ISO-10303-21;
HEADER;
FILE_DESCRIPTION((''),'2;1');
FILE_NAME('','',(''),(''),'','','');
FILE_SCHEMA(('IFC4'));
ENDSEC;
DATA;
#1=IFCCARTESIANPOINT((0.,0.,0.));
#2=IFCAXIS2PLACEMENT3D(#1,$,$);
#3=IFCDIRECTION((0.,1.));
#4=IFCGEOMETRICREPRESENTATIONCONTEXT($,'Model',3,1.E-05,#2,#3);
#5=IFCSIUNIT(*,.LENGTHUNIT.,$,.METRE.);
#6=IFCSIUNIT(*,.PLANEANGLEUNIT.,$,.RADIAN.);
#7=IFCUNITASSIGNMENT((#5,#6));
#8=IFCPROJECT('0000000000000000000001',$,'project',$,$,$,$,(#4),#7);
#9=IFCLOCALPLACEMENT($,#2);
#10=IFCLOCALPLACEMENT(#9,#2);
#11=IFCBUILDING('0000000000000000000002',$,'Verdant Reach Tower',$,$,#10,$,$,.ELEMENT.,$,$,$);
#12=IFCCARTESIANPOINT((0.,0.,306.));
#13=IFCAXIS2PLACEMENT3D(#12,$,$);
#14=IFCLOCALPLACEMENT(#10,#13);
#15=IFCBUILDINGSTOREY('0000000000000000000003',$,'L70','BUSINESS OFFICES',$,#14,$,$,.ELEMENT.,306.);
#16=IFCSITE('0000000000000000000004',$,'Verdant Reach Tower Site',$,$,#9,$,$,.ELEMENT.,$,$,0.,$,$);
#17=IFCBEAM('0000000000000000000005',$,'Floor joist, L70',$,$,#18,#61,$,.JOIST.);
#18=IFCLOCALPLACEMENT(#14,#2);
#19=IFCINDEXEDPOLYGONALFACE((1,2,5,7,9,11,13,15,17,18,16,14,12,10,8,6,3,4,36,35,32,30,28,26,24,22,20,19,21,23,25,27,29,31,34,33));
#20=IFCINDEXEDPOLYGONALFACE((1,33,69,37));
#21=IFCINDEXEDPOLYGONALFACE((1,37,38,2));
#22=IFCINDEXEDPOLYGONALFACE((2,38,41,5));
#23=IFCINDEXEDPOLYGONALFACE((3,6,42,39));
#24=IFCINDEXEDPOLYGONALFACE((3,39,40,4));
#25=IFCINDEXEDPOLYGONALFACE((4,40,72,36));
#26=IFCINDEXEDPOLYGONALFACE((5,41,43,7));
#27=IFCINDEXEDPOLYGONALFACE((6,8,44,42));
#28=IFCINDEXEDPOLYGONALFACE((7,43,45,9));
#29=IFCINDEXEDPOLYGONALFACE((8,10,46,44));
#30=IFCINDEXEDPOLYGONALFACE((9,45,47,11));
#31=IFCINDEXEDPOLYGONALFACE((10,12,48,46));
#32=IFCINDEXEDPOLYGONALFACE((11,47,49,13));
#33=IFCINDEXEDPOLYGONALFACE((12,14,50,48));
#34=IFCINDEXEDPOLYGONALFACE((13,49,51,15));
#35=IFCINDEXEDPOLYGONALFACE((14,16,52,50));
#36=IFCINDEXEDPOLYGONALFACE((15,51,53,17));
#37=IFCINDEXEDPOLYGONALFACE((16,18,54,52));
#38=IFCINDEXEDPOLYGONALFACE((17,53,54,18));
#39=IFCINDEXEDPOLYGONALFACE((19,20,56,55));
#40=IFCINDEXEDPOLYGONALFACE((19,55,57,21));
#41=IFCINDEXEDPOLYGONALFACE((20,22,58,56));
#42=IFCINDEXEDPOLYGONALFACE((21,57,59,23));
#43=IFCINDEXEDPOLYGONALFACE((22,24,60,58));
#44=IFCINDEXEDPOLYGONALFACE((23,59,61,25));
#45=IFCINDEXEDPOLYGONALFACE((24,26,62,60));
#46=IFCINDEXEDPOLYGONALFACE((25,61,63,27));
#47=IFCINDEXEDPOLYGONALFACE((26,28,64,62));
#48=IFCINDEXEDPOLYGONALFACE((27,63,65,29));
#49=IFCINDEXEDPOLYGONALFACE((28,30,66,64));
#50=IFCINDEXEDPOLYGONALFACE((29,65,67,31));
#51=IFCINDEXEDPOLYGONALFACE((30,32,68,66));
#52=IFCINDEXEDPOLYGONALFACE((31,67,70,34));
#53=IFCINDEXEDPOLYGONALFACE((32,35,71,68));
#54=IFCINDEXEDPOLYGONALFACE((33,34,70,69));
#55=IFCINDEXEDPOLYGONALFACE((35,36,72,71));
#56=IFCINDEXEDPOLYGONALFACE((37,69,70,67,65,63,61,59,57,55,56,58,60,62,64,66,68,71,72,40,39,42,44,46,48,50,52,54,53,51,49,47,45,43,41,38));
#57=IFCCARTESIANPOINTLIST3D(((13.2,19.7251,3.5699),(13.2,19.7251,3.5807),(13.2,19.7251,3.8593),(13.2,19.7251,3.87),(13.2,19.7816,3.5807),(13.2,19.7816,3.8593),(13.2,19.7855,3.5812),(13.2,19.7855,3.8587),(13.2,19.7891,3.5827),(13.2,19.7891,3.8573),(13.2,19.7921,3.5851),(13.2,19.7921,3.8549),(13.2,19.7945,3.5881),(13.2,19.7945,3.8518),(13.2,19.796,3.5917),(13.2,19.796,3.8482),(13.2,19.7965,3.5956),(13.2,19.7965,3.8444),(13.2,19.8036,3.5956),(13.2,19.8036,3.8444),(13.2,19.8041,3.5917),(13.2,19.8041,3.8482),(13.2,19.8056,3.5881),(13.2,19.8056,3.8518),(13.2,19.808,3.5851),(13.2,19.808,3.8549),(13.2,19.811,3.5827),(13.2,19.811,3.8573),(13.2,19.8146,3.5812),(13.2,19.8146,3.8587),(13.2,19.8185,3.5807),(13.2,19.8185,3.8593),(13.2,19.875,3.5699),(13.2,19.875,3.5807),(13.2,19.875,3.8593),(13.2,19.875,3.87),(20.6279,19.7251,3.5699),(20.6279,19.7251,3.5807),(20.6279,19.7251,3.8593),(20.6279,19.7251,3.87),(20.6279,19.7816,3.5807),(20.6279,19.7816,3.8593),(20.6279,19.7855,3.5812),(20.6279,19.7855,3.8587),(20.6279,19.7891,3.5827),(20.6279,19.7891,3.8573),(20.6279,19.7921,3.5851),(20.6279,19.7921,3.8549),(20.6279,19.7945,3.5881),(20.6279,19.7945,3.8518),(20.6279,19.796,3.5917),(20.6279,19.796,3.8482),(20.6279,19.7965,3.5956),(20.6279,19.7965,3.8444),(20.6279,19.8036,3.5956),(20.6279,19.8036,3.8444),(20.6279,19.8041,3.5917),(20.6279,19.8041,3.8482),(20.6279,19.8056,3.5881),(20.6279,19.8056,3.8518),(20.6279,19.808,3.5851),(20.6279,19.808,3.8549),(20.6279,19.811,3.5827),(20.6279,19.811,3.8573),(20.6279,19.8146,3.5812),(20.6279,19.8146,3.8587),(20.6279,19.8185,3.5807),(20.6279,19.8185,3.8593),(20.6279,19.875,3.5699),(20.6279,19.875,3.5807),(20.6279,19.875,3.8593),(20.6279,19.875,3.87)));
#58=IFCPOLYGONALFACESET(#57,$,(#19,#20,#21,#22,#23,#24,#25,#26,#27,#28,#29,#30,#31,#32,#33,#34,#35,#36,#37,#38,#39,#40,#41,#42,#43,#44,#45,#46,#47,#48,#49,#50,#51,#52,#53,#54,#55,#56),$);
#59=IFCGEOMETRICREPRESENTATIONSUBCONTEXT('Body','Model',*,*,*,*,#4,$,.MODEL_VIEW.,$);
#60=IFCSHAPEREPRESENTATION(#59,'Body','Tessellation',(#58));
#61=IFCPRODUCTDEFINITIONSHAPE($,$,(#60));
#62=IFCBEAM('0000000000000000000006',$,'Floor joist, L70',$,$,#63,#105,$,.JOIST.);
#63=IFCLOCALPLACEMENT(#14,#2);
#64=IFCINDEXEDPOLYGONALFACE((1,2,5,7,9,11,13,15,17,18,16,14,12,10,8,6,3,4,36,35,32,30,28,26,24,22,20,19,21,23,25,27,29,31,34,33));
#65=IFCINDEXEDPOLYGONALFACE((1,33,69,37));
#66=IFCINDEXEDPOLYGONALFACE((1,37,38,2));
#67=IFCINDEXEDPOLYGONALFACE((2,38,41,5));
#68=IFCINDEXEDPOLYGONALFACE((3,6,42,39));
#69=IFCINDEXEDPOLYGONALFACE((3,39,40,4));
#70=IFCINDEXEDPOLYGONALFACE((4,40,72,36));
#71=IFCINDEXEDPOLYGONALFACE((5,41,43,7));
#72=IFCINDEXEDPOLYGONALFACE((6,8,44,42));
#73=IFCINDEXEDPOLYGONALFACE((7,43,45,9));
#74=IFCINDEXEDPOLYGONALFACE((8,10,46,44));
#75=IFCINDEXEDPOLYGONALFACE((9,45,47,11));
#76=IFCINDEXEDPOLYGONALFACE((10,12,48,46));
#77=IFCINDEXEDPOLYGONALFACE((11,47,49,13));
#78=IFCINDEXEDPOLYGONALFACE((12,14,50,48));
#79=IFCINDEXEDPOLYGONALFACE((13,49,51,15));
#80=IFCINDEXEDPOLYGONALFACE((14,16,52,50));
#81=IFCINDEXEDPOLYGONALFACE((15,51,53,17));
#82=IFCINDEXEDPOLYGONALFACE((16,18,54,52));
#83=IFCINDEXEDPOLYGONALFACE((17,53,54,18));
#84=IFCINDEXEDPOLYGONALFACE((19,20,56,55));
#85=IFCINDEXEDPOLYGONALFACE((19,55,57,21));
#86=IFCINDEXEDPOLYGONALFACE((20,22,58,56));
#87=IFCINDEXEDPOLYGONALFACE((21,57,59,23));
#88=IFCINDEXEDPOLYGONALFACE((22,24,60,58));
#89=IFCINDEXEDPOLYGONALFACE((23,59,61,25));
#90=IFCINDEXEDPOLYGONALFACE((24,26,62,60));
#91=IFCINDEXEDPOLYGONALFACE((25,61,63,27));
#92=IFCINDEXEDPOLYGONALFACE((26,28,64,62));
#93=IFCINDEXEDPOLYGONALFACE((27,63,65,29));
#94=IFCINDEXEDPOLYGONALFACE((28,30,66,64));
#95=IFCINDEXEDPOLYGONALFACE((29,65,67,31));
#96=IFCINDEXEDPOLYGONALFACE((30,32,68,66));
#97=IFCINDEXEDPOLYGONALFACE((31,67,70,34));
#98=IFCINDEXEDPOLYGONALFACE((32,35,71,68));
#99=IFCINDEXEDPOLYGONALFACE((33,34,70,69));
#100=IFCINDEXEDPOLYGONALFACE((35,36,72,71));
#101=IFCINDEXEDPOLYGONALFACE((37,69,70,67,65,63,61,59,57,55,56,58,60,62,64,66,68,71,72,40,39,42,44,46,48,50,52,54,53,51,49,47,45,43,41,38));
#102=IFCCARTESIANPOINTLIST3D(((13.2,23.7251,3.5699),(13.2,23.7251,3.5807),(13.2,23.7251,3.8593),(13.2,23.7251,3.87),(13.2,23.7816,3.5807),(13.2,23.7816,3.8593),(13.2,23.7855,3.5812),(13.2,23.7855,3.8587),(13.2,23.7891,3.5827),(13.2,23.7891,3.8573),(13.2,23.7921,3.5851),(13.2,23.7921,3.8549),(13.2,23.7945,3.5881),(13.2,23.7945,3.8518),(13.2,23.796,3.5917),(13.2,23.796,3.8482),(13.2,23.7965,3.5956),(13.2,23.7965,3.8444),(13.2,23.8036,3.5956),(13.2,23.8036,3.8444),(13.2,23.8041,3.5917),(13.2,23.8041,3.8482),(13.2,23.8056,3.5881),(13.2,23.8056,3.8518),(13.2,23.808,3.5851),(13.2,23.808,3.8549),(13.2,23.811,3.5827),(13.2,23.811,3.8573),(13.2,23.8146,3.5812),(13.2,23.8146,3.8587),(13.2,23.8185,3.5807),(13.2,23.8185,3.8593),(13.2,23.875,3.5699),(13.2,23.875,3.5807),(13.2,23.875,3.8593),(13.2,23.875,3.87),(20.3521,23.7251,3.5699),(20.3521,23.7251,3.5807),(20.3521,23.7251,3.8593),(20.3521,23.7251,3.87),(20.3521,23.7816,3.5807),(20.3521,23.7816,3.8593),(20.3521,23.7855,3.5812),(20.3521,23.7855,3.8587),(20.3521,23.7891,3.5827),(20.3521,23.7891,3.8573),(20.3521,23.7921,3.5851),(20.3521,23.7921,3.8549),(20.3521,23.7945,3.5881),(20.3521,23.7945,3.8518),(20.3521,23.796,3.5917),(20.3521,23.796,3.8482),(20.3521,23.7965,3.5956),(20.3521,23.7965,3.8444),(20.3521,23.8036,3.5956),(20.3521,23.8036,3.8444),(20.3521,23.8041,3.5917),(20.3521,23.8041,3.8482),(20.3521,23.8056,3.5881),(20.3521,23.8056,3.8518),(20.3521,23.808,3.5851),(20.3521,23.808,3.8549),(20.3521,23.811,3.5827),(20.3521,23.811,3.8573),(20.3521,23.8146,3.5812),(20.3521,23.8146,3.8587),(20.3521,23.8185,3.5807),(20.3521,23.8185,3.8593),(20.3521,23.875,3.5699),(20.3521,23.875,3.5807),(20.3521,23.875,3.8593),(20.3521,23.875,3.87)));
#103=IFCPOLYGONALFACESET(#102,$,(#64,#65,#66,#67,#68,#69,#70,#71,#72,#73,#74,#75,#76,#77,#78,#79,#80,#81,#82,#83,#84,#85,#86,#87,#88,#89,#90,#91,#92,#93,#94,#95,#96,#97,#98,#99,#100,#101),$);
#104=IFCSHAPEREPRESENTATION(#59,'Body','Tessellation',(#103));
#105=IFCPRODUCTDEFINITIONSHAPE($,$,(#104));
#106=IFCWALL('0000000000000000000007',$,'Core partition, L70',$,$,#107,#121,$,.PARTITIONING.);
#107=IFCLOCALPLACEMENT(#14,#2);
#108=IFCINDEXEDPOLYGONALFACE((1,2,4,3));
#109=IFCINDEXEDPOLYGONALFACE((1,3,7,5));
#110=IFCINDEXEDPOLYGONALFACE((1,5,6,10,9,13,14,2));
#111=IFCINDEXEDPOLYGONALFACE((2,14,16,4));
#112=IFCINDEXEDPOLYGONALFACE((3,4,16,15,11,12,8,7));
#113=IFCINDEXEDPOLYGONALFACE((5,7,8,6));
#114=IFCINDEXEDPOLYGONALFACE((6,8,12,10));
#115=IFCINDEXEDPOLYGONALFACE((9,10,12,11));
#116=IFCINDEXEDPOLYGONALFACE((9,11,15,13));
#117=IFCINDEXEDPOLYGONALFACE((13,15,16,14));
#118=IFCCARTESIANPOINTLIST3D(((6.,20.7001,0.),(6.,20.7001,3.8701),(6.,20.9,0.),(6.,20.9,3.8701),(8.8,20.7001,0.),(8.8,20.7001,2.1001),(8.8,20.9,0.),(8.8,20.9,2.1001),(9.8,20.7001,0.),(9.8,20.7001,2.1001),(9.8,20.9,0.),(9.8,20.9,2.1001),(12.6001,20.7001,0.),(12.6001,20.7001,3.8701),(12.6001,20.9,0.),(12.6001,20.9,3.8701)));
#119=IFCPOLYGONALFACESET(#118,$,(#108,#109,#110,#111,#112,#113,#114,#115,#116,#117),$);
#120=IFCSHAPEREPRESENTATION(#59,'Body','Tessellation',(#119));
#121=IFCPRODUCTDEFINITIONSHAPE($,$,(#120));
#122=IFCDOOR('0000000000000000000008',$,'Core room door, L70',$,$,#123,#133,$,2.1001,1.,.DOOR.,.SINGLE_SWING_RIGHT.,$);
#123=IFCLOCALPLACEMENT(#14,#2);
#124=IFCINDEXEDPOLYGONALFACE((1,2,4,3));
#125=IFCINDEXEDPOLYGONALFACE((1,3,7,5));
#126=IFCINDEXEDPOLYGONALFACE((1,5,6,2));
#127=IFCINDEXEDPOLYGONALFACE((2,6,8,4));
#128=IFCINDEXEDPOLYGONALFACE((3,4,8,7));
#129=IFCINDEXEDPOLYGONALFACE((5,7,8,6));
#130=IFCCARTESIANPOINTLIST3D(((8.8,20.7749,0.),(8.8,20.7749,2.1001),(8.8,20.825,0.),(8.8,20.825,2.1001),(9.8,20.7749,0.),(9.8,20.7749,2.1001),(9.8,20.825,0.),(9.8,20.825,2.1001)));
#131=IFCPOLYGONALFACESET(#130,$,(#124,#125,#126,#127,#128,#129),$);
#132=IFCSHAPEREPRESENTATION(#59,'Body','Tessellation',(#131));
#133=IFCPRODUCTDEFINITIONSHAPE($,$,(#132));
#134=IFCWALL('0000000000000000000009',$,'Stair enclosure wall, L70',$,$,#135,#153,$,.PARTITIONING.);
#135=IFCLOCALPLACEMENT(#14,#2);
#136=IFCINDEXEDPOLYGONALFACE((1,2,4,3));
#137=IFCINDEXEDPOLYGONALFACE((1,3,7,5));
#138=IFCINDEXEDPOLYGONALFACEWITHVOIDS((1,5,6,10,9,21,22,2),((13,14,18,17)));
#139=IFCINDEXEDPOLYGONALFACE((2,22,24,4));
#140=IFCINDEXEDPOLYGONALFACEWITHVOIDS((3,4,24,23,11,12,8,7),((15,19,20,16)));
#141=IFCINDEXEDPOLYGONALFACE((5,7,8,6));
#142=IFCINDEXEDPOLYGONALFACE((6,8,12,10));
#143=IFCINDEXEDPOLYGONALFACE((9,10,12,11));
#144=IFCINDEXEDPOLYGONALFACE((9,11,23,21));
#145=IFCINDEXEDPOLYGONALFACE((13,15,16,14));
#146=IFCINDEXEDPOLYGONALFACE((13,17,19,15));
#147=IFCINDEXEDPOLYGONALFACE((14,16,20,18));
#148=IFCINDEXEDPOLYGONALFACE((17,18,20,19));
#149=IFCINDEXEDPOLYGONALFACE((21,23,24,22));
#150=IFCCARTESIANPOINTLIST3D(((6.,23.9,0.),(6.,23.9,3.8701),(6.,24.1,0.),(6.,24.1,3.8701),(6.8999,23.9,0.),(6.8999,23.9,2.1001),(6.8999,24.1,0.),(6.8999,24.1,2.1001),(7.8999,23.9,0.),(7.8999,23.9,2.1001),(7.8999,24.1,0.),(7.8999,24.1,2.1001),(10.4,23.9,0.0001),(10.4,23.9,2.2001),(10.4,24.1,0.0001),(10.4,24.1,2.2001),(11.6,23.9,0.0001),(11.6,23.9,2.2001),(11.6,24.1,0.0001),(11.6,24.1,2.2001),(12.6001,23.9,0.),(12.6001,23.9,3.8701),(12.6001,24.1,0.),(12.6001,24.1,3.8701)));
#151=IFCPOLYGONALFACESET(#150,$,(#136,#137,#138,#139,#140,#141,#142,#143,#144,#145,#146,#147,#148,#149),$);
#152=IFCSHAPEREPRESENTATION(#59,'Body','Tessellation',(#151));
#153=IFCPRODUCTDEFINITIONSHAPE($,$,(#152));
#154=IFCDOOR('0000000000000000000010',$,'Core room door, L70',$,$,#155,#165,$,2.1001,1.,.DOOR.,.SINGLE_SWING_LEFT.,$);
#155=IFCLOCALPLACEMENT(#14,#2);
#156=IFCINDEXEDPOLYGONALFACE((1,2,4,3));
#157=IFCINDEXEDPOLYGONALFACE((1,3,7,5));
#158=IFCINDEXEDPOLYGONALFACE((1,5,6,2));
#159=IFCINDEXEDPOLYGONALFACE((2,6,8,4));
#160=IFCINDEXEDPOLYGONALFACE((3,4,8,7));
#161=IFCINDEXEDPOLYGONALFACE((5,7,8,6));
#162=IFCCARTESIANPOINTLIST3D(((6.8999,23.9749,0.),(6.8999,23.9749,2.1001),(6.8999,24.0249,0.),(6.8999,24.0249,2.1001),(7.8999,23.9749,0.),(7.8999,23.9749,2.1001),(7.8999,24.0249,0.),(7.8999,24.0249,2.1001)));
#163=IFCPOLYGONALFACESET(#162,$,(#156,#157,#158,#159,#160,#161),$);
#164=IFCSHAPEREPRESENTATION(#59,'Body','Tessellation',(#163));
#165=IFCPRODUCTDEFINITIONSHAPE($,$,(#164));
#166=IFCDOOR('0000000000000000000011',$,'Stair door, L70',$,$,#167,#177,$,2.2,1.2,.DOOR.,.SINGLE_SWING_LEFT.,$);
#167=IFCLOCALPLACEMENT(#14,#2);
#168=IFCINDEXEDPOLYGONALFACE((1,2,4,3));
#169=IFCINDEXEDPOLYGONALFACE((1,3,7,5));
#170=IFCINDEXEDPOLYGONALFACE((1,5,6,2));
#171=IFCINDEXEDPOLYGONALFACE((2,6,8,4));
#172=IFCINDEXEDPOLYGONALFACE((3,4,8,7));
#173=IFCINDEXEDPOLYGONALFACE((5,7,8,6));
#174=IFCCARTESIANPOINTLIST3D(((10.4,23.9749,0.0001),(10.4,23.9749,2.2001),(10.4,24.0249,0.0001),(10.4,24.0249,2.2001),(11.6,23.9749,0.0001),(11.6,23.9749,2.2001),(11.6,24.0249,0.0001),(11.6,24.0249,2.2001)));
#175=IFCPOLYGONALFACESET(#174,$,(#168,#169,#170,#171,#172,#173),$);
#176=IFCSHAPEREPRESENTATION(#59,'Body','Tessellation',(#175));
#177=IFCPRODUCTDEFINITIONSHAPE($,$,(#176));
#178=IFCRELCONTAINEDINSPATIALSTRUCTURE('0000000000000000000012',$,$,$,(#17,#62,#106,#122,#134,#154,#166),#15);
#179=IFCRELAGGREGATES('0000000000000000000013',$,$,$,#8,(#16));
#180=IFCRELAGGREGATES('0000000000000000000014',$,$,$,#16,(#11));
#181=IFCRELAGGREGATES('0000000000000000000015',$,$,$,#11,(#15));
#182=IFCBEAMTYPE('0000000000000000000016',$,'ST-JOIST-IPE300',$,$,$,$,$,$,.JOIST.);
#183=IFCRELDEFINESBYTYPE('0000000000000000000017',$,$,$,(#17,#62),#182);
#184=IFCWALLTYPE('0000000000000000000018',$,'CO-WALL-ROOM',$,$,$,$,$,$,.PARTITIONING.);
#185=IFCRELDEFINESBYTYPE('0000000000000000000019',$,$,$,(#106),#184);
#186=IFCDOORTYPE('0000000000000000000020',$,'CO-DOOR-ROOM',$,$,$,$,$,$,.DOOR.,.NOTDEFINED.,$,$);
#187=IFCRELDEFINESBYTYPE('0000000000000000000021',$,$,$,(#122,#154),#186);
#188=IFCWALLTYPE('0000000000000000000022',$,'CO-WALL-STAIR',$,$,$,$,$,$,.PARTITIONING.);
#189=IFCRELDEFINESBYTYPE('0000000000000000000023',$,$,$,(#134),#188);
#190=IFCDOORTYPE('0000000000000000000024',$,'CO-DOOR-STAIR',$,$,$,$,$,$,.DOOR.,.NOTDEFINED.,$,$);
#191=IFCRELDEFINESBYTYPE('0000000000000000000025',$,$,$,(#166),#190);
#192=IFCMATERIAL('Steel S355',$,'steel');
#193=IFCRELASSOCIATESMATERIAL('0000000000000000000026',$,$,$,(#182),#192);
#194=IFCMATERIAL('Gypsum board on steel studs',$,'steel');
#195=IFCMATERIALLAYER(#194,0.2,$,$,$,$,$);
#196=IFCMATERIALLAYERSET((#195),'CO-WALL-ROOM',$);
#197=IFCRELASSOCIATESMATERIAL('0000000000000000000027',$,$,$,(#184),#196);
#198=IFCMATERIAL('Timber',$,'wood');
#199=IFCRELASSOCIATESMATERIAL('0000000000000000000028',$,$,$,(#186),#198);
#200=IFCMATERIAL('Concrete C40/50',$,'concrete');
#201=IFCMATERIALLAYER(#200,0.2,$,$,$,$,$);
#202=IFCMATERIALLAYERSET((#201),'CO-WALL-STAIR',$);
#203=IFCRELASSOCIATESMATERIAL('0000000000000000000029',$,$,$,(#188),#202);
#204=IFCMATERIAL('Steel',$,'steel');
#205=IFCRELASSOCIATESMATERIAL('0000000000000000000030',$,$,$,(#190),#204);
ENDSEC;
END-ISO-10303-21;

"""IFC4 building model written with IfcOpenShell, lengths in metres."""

from ifc_helpers import new_model, si_unit, direction, frame, frame_2d, origin, origin_2d, place, context, subcontext, project, spatial, rectangle, i_section, extrude, material, layer, layer_set, material_profile, profile_set, type_object, element, fill, save


model = new_model("IFC4")

# Units and contexts
model_context = context("Model", 3, precision=1e-05, world=origin(), true_north=direction((0.0, 1.0)))
body_context = subcontext(model_context, "Body", "Model", "MODEL_VIEW")
ifc_project = project(units=[si_unit("LENGTHUNIT", "METRE"), si_unit("PLANEANGLEUNIT", "RADIAN")], contexts=[model_context])

# Site, building, storey
site_placement = place(None, origin())
site = spatial("IfcSite", under=ifc_project, at=site_placement, Name="Verdant Reach Tower Site", CompositionType="ELEMENT", RefElevation=0.0)
building_placement = place(site_placement, origin())
building = spatial("IfcBuilding", under=site, at=building_placement, Name="Verdant Reach Tower", CompositionType="ELEMENT")
storey_placement = place(building_placement, frame((0.0, 0.0, 306.0)))
storey = spatial("IfcBuildingStorey", under=building, at=storey_placement, Name="L70", Description="BUSINESS OFFICES", CompositionType="ELEMENT", Elevation=306.0)

# Beams
ifc_material_1 = material(Name="Steel S355", Category="steel")
ifc_material_profile = material_profile(ifc_material_1, i_section(OverallWidth=0.1499, OverallDepth=0.3, WebThickness=0.0071, FlangeThickness=0.0107, FilletRadius=0.0149, at=origin_2d()), Name="IPE 300")
ifc_profile_set = profile_set([ifc_material_profile], Name="Steel S355")
beam_type = type_object("IfcBeamType", Name="ST-JOIST-IPE300", PredefinedType="JOIST", material=ifc_profile_set)
beam_1_placement = place(storey_placement, frame((13.2, 19.8, 3.72), z_axis=(1.0, 0.0, 0.0), x_axis=(0.0, 1.0, 0.0)))
element("IfcBeam", 1, at=beam_1_placement, inside=storey, type_object=beam_type, Name="Floor joist, L70", PredefinedType="JOIST", context=body_context, shape_type="SweptSolid", body=[
    extrude(i_section(OverallWidth=0.1499, OverallDepth=0.3, WebThickness=0.0071, FlangeThickness=0.0107, FilletRadius=0.0149, at=origin_2d()), origin(), (0.0, 0.0, 1.0), 7.428),
])
beam_2_placement = place(storey_placement, frame((13.2, 23.8, 3.72), z_axis=(1.0, 0.0, 0.0), x_axis=(0.0, 1.0, 0.0)))
element("IfcBeam", 2, at=beam_2_placement, inside=storey, type_object=beam_type, Name="Floor joist, L70", PredefinedType="JOIST", context=body_context, shape_type="SweptSolid", body=[
    extrude(i_section(OverallWidth=0.1499, OverallDepth=0.3, WebThickness=0.0071, FlangeThickness=0.0107, FilletRadius=0.0149, at=origin_2d()), origin(), (0.0, 0.0, 1.0), 7.1521),
])

# Wall, opening, door
ifc_material_2 = material(Name="Gypsum board on steel studs", Category="steel")
ifc_layer_1 = layer(ifc_material_2, 0.2)
ifc_layer_set_1 = layer_set([ifc_layer_1], Name="CO-WALL-ROOM")
wall_type_1 = type_object("IfcWallType", Name="CO-WALL-ROOM", PredefinedType="PARTITIONING", material=ifc_layer_set_1)
wall_1_placement = place(storey_placement, frame((6.0, 20.8, 0.0), z_axis=(0.0, 0.0, 1.0), x_axis=(1.0, 0.0, 0.0)))
wall_1 = element("IfcWall", 3, at=wall_1_placement, inside=storey, type_object=wall_type_1, Name="Core partition, L70", PredefinedType="PARTITIONING", context=body_context, shape_type="SweptSolid", body=[
    extrude(rectangle(XDim=6.6001, YDim=0.2, at=frame_2d((3.3, 0.0))), origin(), (0.0, 0.0, 1.0), 3.8701),
])
opening_1_placement = place(wall_1_placement, frame((2.8, 0.0, 0.0)))
opening_1 = element("IfcOpeningElement", 4, at=opening_1_placement, cuts=wall_1, PredefinedType="OPENING", context=body_context, shape_type="SweptSolid", body=[
    extrude(rectangle(XDim=1.0, YDim=2.1001, at=frame_2d((0.5, 1.05))), frame((0.0, 0.1099, 0.0), z_axis=(0.0, -1.0, 0.0), x_axis=(1.0, 0.0, 0.0)), (0.0, 0.0, 1.0), 0.22),
])
ifc_material_3 = material(Name="Timber", Category="wood")
door_type_1 = type_object("IfcDoorType", Name="CO-DOOR-ROOM", OperationType="NOTDEFINED", PredefinedType="DOOR", material=ifc_material_3)
door_1_placement = place(opening_1_placement, origin())
door_1 = element("IfcDoor", 5, at=door_1_placement, inside=storey, type_object=door_type_1, Name="Core room door, L70", OperationType="SINGLE_SWING_RIGHT", OverallHeight=2.1001, OverallWidth=1.0, PredefinedType="DOOR", context=body_context, shape_type="SweptSolid", body=[
    extrude(rectangle(XDim=1.0, YDim=2.1001, at=frame_2d((0.5, 1.05))), frame((0.0, 0.0249, 0.0), z_axis=(0.0, -1.0, 0.0), x_axis=(1.0, 0.0, 0.0)), (0.0, 0.0, 1.0), 0.05),
])
fill(opening_1, door_1)

# Wall, openings, doors
ifc_material_4 = material(Name="Concrete C40/50", Category="concrete")
ifc_layer_2 = layer(ifc_material_4, 0.2)
ifc_layer_set_2 = layer_set([ifc_layer_2], Name="CO-WALL-STAIR")
wall_type_2 = type_object("IfcWallType", Name="CO-WALL-STAIR", PredefinedType="PARTITIONING", material=ifc_layer_set_2)
wall_2_placement = place(storey_placement, frame((6.0, 24.0, 0.0), z_axis=(0.0, 0.0, 1.0), x_axis=(1.0, 0.0, 0.0)))
wall_2 = element("IfcWall", 6, at=wall_2_placement, inside=storey, type_object=wall_type_2, Name="Stair enclosure wall, L70", PredefinedType="PARTITIONING", context=body_context, shape_type="SweptSolid", body=[
    extrude(rectangle(XDim=6.6001, YDim=0.2, at=frame_2d((3.3, 0.0))), origin(), (0.0, 0.0, 1.0), 3.8701),
])
opening_2_placement = place(wall_2_placement, frame((0.8999, 0.0, 0.0)))
opening_2 = element("IfcOpeningElement", 7, at=opening_2_placement, cuts=wall_2, PredefinedType="OPENING", context=body_context, shape_type="SweptSolid", body=[
    extrude(rectangle(XDim=1.0, YDim=2.1001, at=frame_2d((0.5, 1.05))), frame((0.0, 0.1099, 0.0), z_axis=(0.0, -1.0, 0.0), x_axis=(1.0, 0.0, 0.0)), (0.0, 0.0, 1.0), 0.22),
])
opening_3_placement = place(wall_2_placement, frame((4.3999, 0.0, 0.0)))
opening_3 = element("IfcOpeningElement", 8, at=opening_3_placement, cuts=wall_2, PredefinedType="OPENING", context=body_context, shape_type="SweptSolid", body=[
    extrude(rectangle(XDim=1.2, YDim=2.2, at=frame_2d((0.6001, 1.1001))), frame((0.0, 0.1099, 0.0), z_axis=(0.0, -1.0, 0.0), x_axis=(1.0, 0.0, 0.0)), (0.0, 0.0, 1.0), 0.22),
])
door_2_placement = place(opening_2_placement, origin())
door_2 = element("IfcDoor", 9, at=door_2_placement, inside=storey, type_object=door_type_1, Name="Core room door, L70", OperationType="SINGLE_SWING_LEFT", OverallHeight=2.1001, OverallWidth=1.0, PredefinedType="DOOR", context=body_context, shape_type="SweptSolid", body=[
    extrude(rectangle(XDim=1.0, YDim=2.1001, at=frame_2d((0.5, 1.05))), frame((0.0, 0.0249, 0.0), z_axis=(0.0, -1.0, 0.0), x_axis=(1.0, 0.0, 0.0)), (0.0, 0.0, 1.0), 0.05),
])
fill(opening_2, door_2)
ifc_material_5 = material(Name="Steel", Category="steel")
door_type_2 = type_object("IfcDoorType", Name="CO-DOOR-STAIR", OperationType="NOTDEFINED", PredefinedType="DOOR", material=ifc_material_5)
door_3_placement = place(opening_3_placement, origin())
door_3 = element("IfcDoor", 10, at=door_3_placement, inside=storey, type_object=door_type_2, Name="Stair door, L70", OperationType="SINGLE_SWING_LEFT", OverallHeight=2.2, OverallWidth=1.2, PredefinedType="DOOR", context=body_context, shape_type="SweptSolid", body=[
    extrude(rectangle(XDim=1.2, YDim=2.2, at=frame_2d((0.6001, 1.1001))), frame((0.0, 0.0249, 0.0), z_axis=(0.0, -1.0, 0.0), x_axis=(1.0, 0.0, 0.0)), (0.0, 0.0, 1.0), 0.05),
])
fill(opening_3, door_3)

save(model, "model.ifc")
